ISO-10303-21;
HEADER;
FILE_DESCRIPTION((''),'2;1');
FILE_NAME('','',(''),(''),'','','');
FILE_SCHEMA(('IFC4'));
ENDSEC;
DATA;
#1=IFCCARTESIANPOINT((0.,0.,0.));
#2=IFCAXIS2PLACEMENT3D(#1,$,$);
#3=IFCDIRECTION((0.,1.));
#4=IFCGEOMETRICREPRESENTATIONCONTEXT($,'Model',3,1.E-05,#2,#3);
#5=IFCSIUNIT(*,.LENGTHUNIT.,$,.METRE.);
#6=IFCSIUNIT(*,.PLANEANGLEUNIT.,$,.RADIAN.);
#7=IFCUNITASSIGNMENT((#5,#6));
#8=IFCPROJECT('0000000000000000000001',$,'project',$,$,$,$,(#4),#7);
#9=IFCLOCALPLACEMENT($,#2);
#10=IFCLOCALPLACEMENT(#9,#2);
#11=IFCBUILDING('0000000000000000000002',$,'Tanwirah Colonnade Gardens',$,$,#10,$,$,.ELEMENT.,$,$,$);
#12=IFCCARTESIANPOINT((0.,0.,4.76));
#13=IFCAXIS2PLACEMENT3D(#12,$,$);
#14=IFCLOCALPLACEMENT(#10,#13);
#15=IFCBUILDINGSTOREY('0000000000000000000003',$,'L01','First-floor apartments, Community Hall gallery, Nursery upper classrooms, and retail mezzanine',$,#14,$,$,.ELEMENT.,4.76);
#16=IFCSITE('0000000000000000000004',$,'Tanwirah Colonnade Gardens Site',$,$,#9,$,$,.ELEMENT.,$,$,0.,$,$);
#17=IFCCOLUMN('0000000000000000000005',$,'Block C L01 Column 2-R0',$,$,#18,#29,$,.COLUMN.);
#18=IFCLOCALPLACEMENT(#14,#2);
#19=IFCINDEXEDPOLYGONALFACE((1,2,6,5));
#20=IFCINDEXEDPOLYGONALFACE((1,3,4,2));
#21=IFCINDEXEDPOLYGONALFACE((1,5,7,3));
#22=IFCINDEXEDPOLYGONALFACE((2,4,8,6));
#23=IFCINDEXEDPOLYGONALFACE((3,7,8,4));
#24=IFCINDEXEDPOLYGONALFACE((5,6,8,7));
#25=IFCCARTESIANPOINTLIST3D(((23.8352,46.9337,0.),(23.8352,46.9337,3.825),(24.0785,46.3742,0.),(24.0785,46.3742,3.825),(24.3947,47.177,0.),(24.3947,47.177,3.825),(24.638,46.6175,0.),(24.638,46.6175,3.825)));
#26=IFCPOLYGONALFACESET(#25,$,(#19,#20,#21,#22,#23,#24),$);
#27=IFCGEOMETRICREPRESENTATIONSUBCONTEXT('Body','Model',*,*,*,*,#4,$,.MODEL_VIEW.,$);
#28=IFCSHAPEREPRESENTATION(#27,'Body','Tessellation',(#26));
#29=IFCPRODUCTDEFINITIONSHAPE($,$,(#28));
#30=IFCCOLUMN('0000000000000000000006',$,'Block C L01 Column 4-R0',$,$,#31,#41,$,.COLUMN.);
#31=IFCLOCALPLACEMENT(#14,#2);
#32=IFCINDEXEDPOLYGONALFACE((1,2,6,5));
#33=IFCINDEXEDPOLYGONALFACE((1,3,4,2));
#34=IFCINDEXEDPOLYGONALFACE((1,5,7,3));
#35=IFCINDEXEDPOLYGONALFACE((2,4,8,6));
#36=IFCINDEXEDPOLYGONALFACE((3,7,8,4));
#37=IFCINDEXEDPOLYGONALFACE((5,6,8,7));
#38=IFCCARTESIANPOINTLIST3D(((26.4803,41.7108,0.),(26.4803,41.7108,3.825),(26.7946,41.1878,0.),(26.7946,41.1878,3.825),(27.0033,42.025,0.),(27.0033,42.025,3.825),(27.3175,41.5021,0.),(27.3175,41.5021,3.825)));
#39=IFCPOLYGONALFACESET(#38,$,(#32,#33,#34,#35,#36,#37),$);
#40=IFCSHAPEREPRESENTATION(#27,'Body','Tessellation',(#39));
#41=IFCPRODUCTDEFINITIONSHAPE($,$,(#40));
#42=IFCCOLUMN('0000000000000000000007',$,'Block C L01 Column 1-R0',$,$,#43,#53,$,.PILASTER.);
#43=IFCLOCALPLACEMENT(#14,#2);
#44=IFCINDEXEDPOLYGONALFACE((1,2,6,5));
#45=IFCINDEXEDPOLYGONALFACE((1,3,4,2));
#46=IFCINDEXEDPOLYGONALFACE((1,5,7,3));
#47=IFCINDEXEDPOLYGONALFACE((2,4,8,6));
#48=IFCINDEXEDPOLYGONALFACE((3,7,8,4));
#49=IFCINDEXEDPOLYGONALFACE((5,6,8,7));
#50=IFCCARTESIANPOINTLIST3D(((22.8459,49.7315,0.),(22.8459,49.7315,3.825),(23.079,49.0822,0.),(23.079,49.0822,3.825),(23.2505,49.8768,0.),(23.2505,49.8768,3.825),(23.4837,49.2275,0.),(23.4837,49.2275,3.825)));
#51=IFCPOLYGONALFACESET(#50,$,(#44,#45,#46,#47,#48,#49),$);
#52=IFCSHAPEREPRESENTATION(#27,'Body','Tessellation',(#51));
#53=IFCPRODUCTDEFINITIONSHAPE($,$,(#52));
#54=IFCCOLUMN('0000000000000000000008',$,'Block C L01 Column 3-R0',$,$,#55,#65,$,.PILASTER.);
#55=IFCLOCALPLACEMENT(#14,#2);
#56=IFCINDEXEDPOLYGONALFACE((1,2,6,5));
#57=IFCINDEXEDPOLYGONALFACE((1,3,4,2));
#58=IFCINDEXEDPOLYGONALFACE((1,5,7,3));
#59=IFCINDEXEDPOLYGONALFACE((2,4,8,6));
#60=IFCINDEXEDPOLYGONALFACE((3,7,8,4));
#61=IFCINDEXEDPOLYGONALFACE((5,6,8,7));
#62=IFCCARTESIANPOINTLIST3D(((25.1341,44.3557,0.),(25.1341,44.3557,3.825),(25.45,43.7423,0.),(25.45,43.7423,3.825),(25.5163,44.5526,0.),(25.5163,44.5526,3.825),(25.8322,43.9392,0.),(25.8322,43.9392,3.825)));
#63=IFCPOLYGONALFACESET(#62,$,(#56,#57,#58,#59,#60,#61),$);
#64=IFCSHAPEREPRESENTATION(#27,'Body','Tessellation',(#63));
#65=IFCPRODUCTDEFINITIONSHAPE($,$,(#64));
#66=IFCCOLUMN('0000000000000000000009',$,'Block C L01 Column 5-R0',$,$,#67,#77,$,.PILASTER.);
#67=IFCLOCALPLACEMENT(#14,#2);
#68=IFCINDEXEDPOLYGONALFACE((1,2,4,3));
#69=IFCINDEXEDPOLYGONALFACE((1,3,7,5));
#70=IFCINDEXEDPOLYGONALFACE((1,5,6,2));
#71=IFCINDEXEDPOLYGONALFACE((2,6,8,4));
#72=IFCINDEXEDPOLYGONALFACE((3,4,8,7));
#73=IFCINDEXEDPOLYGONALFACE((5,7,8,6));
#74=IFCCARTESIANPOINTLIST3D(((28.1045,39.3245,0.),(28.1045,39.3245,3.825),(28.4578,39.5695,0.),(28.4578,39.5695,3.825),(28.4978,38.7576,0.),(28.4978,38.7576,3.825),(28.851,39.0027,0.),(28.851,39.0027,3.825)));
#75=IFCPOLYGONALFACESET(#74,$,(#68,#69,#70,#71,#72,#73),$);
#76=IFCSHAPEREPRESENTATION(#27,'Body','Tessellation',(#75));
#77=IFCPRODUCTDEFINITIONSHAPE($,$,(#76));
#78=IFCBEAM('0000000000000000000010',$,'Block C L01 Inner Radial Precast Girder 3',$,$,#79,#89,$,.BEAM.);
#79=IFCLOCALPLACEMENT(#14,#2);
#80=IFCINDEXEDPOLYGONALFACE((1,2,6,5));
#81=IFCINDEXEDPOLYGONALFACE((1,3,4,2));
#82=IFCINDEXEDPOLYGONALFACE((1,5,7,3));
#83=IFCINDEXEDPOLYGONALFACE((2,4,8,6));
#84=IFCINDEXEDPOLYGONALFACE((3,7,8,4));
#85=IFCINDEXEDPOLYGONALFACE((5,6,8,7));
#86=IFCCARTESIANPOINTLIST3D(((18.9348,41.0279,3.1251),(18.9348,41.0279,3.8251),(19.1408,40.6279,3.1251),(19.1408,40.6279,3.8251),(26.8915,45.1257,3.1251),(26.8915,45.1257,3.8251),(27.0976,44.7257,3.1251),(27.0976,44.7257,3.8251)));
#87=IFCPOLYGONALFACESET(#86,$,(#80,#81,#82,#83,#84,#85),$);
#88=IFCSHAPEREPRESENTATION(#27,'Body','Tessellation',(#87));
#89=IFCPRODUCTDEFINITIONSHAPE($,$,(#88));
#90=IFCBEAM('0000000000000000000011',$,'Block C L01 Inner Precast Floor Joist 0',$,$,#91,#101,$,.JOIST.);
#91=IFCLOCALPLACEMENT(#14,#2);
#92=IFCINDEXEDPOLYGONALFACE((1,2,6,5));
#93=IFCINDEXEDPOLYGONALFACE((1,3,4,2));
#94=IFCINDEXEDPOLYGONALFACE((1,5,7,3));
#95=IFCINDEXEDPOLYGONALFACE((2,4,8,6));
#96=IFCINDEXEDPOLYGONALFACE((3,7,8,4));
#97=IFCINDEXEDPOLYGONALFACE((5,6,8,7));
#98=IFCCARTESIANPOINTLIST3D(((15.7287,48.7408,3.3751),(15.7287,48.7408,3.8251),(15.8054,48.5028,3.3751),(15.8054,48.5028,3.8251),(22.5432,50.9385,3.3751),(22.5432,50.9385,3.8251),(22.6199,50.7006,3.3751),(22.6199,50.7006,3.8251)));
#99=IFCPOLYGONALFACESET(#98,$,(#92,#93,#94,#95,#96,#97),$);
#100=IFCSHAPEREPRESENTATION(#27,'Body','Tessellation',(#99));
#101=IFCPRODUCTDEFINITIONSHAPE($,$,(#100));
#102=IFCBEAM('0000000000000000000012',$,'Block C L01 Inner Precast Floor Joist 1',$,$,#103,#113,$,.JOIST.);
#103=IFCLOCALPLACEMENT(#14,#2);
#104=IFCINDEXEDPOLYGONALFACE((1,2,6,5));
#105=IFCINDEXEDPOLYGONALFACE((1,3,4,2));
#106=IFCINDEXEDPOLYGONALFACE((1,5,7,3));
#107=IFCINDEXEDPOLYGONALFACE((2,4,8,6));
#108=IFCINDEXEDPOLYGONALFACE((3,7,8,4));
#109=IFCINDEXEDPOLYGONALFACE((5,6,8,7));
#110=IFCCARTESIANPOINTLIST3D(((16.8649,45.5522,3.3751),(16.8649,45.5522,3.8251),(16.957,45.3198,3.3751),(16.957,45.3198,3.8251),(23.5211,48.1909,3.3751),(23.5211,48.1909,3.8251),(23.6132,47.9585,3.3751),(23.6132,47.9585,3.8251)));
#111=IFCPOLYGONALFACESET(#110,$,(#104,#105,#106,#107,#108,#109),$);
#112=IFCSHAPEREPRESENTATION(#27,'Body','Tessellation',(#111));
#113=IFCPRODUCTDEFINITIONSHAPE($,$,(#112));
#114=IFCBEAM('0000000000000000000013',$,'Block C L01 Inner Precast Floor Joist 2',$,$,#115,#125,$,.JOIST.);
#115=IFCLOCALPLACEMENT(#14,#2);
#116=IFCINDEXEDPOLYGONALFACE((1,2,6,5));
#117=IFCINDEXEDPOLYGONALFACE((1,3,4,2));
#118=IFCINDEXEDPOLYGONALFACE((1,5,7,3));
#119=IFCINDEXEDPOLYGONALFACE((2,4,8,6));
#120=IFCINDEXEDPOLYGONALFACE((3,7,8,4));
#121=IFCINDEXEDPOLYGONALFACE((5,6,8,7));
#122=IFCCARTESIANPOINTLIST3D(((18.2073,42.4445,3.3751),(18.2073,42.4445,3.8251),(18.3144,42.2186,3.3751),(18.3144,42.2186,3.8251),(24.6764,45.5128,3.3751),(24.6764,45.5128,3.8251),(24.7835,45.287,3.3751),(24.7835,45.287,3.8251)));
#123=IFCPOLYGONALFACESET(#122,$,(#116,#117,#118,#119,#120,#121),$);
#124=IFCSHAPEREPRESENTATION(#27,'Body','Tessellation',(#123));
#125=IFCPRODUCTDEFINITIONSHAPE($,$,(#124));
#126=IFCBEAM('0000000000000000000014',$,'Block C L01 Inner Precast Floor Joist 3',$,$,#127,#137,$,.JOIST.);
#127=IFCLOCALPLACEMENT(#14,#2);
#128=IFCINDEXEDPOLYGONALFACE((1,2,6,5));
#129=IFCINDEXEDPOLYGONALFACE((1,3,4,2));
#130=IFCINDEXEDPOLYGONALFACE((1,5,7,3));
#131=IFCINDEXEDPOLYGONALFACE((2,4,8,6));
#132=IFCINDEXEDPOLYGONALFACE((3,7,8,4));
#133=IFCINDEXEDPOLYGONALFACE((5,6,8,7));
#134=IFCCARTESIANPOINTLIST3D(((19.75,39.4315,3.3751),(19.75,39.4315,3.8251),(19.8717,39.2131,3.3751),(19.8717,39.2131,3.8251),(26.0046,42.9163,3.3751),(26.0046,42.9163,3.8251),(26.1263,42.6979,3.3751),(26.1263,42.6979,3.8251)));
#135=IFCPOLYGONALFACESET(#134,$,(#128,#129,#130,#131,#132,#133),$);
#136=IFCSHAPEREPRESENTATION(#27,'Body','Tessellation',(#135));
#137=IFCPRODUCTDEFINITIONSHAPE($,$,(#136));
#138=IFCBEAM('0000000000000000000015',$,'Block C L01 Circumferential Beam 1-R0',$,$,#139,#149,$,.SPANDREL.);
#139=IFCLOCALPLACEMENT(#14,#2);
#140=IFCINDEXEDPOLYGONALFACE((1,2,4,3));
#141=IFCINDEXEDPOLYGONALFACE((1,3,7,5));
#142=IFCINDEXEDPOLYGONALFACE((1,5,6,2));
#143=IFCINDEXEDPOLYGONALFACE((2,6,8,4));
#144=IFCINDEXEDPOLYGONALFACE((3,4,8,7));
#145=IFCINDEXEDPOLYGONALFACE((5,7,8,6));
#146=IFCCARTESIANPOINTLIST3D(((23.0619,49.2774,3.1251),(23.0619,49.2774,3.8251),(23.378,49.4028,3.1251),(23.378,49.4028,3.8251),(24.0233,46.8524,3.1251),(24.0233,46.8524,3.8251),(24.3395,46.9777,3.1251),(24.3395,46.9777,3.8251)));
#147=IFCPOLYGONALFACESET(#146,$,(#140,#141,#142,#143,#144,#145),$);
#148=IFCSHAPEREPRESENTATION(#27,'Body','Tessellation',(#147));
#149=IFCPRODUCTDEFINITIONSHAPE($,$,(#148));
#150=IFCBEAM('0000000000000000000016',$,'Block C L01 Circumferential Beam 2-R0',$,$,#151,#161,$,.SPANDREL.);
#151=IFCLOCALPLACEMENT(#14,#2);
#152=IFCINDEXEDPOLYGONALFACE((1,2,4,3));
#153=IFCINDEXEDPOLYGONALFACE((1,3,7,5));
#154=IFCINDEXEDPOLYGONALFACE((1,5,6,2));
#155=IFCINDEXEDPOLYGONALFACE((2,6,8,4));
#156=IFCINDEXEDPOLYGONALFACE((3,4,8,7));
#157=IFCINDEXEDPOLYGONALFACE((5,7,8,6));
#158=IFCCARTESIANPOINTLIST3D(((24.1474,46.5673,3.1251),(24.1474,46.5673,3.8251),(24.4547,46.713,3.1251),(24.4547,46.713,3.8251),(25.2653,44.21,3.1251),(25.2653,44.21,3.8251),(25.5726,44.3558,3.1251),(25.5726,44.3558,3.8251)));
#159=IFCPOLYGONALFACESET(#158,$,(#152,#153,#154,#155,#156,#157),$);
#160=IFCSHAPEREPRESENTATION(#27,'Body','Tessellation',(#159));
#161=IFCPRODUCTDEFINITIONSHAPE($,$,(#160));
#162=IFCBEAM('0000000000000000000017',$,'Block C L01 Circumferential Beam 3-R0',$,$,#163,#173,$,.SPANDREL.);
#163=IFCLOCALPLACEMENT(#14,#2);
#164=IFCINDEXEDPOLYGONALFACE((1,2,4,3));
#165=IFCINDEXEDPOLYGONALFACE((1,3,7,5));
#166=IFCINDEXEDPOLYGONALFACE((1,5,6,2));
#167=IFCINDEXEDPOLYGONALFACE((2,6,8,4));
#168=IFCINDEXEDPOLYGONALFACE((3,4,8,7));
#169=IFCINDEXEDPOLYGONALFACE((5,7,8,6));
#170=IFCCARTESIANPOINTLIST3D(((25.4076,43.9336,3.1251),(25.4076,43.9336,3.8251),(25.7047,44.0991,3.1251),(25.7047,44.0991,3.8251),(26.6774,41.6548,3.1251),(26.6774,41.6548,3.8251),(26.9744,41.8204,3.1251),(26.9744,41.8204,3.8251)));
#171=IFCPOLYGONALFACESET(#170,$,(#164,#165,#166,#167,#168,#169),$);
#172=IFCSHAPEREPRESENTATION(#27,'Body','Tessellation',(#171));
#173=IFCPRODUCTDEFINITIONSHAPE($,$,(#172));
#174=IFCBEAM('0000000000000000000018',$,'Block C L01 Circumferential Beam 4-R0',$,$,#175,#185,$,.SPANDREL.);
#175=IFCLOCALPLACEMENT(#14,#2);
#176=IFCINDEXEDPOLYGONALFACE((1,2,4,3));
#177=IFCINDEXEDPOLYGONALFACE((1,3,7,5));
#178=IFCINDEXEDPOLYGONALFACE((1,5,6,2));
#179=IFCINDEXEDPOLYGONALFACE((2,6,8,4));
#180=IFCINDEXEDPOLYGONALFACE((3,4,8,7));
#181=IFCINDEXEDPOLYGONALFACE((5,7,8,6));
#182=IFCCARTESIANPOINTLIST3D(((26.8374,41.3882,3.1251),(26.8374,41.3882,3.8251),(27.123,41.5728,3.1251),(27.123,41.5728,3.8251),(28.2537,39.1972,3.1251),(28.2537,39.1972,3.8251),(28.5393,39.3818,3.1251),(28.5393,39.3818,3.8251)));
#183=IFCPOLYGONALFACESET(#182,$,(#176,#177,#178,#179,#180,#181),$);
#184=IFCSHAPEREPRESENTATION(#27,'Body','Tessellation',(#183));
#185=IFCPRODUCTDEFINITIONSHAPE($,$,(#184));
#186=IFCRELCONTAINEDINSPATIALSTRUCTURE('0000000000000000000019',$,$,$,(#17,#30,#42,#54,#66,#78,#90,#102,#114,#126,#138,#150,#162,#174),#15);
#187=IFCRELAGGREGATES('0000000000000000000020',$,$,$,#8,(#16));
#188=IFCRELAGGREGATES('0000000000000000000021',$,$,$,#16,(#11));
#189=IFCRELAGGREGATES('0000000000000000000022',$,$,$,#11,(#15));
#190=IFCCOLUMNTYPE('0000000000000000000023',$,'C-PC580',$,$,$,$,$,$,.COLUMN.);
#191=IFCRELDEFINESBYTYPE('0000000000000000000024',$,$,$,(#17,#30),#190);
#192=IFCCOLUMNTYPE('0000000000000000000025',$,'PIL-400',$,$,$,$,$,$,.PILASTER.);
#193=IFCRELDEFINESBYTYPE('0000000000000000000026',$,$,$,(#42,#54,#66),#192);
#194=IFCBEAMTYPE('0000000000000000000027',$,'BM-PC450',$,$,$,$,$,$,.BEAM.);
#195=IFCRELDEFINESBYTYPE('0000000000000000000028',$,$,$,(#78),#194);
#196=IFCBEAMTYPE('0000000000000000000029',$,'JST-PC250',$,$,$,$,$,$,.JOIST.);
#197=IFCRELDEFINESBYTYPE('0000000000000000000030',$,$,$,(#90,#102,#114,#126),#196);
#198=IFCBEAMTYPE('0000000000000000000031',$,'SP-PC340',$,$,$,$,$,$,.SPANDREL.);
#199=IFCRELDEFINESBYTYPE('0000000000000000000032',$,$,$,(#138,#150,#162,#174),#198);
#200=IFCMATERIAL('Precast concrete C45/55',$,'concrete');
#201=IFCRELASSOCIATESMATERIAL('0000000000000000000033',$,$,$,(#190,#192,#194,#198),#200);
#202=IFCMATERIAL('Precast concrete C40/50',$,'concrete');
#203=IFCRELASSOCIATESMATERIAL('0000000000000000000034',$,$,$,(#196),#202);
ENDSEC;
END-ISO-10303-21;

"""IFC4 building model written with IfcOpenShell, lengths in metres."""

from ifc_helpers import new_model, si_unit, direction, frame, origin, origin_2d, place, context, subcontext, project, spatial, rectangle, extrude, material, material_profile, profile_set, type_object, element, save


model = new_model("IFC4")

# Units and contexts
model_context = context("Model", 3, precision=1e-05, world=origin(), true_north=direction((0.0, 1.0)))
body_context = subcontext(model_context, "Body", "Model", "MODEL_VIEW")
ifc_project = project(units=[si_unit("LENGTHUNIT", "METRE"), si_unit("PLANEANGLEUNIT", "RADIAN")], contexts=[model_context])

# Site, building, storey
site_placement = place(None, origin())
site = spatial("IfcSite", under=ifc_project, at=site_placement, Name="Tanwirah Colonnade Gardens Site", CompositionType="ELEMENT", RefElevation=0.0)
building_placement = place(site_placement, origin())
building = spatial("IfcBuilding", under=site, at=building_placement, Name="Tanwirah Colonnade Gardens", CompositionType="ELEMENT")
storey_placement = place(building_placement, frame((0.0, 0.0, 4.76)))
storey = spatial("IfcBuildingStorey", under=building, at=storey_placement, Name="L01", Description="First-floor apartments, Community Hall gallery, Nursery upper classrooms, and retail mezzanine", CompositionType="ELEMENT", Elevation=4.76)

# Columns
ifc_material_1 = material(Name="Precast concrete C45/55", Category="concrete")
ifc_material_profile_1 = material_profile(ifc_material_1, rectangle(XDim=0.6101, YDim=0.6101, at=origin_2d()), Name="PC-COL 610x610")
ifc_profile_set_1 = profile_set([ifc_material_profile_1], Name="Precast concrete C45/55")
column_type_1 = type_object("IfcColumnType", Name="C-PC580", PredefinedType="COLUMN", material=ifc_profile_set_1)
for number, where, z_axis, x_axis, name in (
    (1, (24.2366, 46.7756, 0.0), (0.0, 0.0, 1.0), (-0.91706, -0.398749, 0.0), "Block C L01 Column 2-R0"),
    (2, (26.8989, 41.6064, 0.0), (0.0, 0.0, 1.0), (-0.857167, -0.515038, 0.0), "Block C L01 Column 4-R0"),
):
    element("IfcColumn", number, at=place(storey_placement, frame(where, z_axis=z_axis, x_axis=x_axis)), inside=storey, type_object=column_type_1, Name=name, PredefinedType="COLUMN", context=body_context, shape_type="SweptSolid", body=[
        extrude(rectangle(XDim=0.6101, YDim=0.6101, at=origin_2d()), origin(), (0.0, 0.0, 1.0), 3.825),
    ])
ifc_material_profile_2 = material_profile(ifc_material_1, rectangle(XDim=0.4299, YDim=0.6899, at=origin_2d()), Name="PC-PIL 430x690")
ifc_profile_set_2 = profile_set([ifc_material_profile_2], Name="Precast concrete C45/55")
column_type_2 = type_object("IfcColumnType", Name="PIL-400", PredefinedType="PILASTER", material=ifc_profile_set_2)
for number, where, z_axis, x_axis, name in (
    (3, (23.1648, 49.4795, 0.0), (0.0, 0.0, 1.0), (-0.941176, -0.337917, 0.0), "Block C L01 Column 1-R0"),
    (4, (25.4832, 44.1475, 0.0), (0.0, 0.0, 1.0), (-0.889017, -0.457874, 0.0), "Block C L01 Column 3-R0"),
    (5, (28.4778, 39.1636, 0.0), (0.0, 0.0, 1.0), (-0.821647, -0.569997, 0.0), "Block C L01 Column 5-R0"),
):
    element("IfcColumn", number, at=place(storey_placement, frame(where, z_axis=z_axis, x_axis=x_axis)), inside=storey, type_object=column_type_2, Name=name, PredefinedType="PILASTER", context=body_context, shape_type="SweptSolid", body=[
        extrude(rectangle(XDim=0.4299, YDim=0.6899, at=origin_2d()), origin(), (0.0, 0.0, 1.0), 3.825),
    ])

# Beams
ifc_material_profile_3 = material_profile(ifc_material_1, rectangle(XDim=0.45, YDim=0.7, at=origin_2d()), Name="PC-BM 450x700")
ifc_profile_set_3 = profile_set([ifc_material_profile_3], Name="Precast concrete C45/55")
beam_type_1 = type_object("IfcBeamType", Name="BM-PC450", PredefinedType="BEAM", material=ifc_profile_set_3)
beam_1_placement = place(storey_placement, frame((19.0378, 40.8279, 3.4751), z_axis=(0.889022, 0.457864, 0.0), x_axis=(-0.457864, 0.889022, 0.0)))
element("IfcBeam", 6, at=beam_1_placement, inside=storey, type_object=beam_type_1, Name="Block C L01 Inner Radial Precast Girder 3", PredefinedType="BEAM", context=body_context, shape_type="SweptSolid", body=[
    extrude(rectangle(XDim=0.45, YDim=0.7, at=origin_2d()), origin(), (0.0, 0.0, 1.0), 8.95),
])
ifc_material_2 = material(Name="Precast concrete C40/50", Category="concrete")
ifc_material_profile_4 = material_profile(ifc_material_2, rectangle(XDim=0.25, YDim=0.45, at=origin_2d()), Name="PC-JST 250x450")
ifc_profile_set_4 = profile_set([ifc_material_profile_4], Name="Precast concrete C40/50")
beam_type_2 = type_object("IfcBeamType", Name="JST-PC250", PredefinedType="JOIST", material=ifc_profile_set_4)
for number, where, z_axis, x_axis, name in (
    (7, (22.5815, 50.8196, 3.6001), (-0.951727, -0.306945, 0.0), (0.306945, -0.951727, 0.0), "Block C L01 Inner Precast Floor Joist 0"),
    (8, (23.5671, 48.0747, 3.6001), (-0.92962, -0.36852, 0.0), (0.36852, -0.92962, 0.0), "Block C L01 Inner Precast Floor Joist 1"),
):
    element("IfcBeam", number, at=place(storey_placement, frame(where, z_axis=z_axis, x_axis=x_axis)), inside=storey, type_object=beam_type_2, Name=name, PredefinedType="JOIST", context=body_context, shape_type="SweptSolid", body=[
        extrude(rectangle(XDim=0.25, YDim=0.45, at=origin_2d()), origin(), (0.0, 0.0, 1.0), 7.1602),
    ])
for number, where, z_axis, x_axis, name in (
    (9, (24.73, 45.3999, 3.6001), (-0.903522, -0.428541, 0.0), (0.428541, -0.903522, 0.0), "Block C L01 Inner Precast Floor Joist 2"),
    (10, (26.0654, 42.8071, 3.6001), (-0.87356, -0.486717, 0.0), (0.486717, -0.87356, 0.0), "Block C L01 Inner Precast Floor Joist 3"),
):
    element("IfcBeam", number, at=place(storey_placement, frame(where, z_axis=z_axis, x_axis=x_axis)), inside=storey, type_object=beam_type_2, Name=name, PredefinedType="JOIST", context=body_context, shape_type="SweptSolid", body=[
        extrude(rectangle(XDim=0.25, YDim=0.45, at=origin_2d()), origin(), (0.0, 0.0, 1.0), 7.1599),
    ])
ifc_material_profile_5 = material_profile(ifc_material_1, rectangle(XDim=0.3401, YDim=0.7, at=origin_2d()), Name="PC-SP 340x700")
ifc_profile_set_5 = profile_set([ifc_material_profile_5], Name="Precast concrete C45/55")
beam_type_3 = type_object("IfcBeamType", Name="SP-PC340", PredefinedType="SPANDREL", material=ifc_profile_set_5)
beam_2_placement = place(storey_placement, frame((23.22, 49.3401, 3.4751), z_axis=(0.368549, -0.929608, 0.0), x_axis=(0.929608, 0.368549, 0.0)))
element("IfcBeam", 11, at=beam_2_placement, inside=storey, type_object=beam_type_3, Name="Block C L01 Circumferential Beam 1-R0", PredefinedType="SPANDREL", context=body_context, shape_type="SweptSolid", body=[
    extrude(rectangle(XDim=0.3401, YDim=0.7, at=origin_2d()), origin(), (0.0, 0.0, 1.0), 2.6086),
])
beam_3_placement = place(storey_placement, frame((24.301, 46.6401, 3.4751), z_axis=(0.428513, -0.903536, 0.0), x_axis=(0.903536, 0.428513, 0.0)))
element("IfcBeam", 12, at=beam_3_placement, inside=storey, type_object=beam_type_3, Name="Block C L01 Circumferential Beam 2-R0", PredefinedType="SPANDREL", context=body_context, shape_type="SweptSolid", body=[
    extrude(rectangle(XDim=0.3401, YDim=0.7, at=origin_2d()), origin(), (0.0, 0.0, 1.0), 2.6089),
])
beam_4_placement = place(storey_placement, frame((25.5562, 44.0164, 3.4751), z_axis=(0.486747, -0.873543, 0.0), x_axis=(0.873543, 0.486747, 0.0)))
element("IfcBeam", 13, at=beam_4_placement, inside=storey, type_object=beam_type_3, Name="Block C L01 Circumferential Beam 3-R0", PredefinedType="SPANDREL", context=body_context, shape_type="SweptSolid", body=[
    extrude(rectangle(XDim=0.3401, YDim=0.7, at=origin_2d()), origin(), (0.0, 0.0, 1.0), 2.6086),
])
beam_5_placement = place(storey_placement, frame((26.9802, 41.4805, 3.4751), z_axis=(0.542875, -0.839814, 0.0), x_axis=(0.839814, 0.542875, 0.0)))
element("IfcBeam", 14, at=beam_5_placement, inside=storey, type_object=beam_type_3, Name="Block C L01 Circumferential Beam 4-R0", PredefinedType="SPANDREL", context=body_context, shape_type="SweptSolid", body=[
    extrude(rectangle(XDim=0.3401, YDim=0.7, at=origin_2d()), origin(), (0.0, 0.0, 1.0), 2.6089),
])

save(model, "model.ifc")
